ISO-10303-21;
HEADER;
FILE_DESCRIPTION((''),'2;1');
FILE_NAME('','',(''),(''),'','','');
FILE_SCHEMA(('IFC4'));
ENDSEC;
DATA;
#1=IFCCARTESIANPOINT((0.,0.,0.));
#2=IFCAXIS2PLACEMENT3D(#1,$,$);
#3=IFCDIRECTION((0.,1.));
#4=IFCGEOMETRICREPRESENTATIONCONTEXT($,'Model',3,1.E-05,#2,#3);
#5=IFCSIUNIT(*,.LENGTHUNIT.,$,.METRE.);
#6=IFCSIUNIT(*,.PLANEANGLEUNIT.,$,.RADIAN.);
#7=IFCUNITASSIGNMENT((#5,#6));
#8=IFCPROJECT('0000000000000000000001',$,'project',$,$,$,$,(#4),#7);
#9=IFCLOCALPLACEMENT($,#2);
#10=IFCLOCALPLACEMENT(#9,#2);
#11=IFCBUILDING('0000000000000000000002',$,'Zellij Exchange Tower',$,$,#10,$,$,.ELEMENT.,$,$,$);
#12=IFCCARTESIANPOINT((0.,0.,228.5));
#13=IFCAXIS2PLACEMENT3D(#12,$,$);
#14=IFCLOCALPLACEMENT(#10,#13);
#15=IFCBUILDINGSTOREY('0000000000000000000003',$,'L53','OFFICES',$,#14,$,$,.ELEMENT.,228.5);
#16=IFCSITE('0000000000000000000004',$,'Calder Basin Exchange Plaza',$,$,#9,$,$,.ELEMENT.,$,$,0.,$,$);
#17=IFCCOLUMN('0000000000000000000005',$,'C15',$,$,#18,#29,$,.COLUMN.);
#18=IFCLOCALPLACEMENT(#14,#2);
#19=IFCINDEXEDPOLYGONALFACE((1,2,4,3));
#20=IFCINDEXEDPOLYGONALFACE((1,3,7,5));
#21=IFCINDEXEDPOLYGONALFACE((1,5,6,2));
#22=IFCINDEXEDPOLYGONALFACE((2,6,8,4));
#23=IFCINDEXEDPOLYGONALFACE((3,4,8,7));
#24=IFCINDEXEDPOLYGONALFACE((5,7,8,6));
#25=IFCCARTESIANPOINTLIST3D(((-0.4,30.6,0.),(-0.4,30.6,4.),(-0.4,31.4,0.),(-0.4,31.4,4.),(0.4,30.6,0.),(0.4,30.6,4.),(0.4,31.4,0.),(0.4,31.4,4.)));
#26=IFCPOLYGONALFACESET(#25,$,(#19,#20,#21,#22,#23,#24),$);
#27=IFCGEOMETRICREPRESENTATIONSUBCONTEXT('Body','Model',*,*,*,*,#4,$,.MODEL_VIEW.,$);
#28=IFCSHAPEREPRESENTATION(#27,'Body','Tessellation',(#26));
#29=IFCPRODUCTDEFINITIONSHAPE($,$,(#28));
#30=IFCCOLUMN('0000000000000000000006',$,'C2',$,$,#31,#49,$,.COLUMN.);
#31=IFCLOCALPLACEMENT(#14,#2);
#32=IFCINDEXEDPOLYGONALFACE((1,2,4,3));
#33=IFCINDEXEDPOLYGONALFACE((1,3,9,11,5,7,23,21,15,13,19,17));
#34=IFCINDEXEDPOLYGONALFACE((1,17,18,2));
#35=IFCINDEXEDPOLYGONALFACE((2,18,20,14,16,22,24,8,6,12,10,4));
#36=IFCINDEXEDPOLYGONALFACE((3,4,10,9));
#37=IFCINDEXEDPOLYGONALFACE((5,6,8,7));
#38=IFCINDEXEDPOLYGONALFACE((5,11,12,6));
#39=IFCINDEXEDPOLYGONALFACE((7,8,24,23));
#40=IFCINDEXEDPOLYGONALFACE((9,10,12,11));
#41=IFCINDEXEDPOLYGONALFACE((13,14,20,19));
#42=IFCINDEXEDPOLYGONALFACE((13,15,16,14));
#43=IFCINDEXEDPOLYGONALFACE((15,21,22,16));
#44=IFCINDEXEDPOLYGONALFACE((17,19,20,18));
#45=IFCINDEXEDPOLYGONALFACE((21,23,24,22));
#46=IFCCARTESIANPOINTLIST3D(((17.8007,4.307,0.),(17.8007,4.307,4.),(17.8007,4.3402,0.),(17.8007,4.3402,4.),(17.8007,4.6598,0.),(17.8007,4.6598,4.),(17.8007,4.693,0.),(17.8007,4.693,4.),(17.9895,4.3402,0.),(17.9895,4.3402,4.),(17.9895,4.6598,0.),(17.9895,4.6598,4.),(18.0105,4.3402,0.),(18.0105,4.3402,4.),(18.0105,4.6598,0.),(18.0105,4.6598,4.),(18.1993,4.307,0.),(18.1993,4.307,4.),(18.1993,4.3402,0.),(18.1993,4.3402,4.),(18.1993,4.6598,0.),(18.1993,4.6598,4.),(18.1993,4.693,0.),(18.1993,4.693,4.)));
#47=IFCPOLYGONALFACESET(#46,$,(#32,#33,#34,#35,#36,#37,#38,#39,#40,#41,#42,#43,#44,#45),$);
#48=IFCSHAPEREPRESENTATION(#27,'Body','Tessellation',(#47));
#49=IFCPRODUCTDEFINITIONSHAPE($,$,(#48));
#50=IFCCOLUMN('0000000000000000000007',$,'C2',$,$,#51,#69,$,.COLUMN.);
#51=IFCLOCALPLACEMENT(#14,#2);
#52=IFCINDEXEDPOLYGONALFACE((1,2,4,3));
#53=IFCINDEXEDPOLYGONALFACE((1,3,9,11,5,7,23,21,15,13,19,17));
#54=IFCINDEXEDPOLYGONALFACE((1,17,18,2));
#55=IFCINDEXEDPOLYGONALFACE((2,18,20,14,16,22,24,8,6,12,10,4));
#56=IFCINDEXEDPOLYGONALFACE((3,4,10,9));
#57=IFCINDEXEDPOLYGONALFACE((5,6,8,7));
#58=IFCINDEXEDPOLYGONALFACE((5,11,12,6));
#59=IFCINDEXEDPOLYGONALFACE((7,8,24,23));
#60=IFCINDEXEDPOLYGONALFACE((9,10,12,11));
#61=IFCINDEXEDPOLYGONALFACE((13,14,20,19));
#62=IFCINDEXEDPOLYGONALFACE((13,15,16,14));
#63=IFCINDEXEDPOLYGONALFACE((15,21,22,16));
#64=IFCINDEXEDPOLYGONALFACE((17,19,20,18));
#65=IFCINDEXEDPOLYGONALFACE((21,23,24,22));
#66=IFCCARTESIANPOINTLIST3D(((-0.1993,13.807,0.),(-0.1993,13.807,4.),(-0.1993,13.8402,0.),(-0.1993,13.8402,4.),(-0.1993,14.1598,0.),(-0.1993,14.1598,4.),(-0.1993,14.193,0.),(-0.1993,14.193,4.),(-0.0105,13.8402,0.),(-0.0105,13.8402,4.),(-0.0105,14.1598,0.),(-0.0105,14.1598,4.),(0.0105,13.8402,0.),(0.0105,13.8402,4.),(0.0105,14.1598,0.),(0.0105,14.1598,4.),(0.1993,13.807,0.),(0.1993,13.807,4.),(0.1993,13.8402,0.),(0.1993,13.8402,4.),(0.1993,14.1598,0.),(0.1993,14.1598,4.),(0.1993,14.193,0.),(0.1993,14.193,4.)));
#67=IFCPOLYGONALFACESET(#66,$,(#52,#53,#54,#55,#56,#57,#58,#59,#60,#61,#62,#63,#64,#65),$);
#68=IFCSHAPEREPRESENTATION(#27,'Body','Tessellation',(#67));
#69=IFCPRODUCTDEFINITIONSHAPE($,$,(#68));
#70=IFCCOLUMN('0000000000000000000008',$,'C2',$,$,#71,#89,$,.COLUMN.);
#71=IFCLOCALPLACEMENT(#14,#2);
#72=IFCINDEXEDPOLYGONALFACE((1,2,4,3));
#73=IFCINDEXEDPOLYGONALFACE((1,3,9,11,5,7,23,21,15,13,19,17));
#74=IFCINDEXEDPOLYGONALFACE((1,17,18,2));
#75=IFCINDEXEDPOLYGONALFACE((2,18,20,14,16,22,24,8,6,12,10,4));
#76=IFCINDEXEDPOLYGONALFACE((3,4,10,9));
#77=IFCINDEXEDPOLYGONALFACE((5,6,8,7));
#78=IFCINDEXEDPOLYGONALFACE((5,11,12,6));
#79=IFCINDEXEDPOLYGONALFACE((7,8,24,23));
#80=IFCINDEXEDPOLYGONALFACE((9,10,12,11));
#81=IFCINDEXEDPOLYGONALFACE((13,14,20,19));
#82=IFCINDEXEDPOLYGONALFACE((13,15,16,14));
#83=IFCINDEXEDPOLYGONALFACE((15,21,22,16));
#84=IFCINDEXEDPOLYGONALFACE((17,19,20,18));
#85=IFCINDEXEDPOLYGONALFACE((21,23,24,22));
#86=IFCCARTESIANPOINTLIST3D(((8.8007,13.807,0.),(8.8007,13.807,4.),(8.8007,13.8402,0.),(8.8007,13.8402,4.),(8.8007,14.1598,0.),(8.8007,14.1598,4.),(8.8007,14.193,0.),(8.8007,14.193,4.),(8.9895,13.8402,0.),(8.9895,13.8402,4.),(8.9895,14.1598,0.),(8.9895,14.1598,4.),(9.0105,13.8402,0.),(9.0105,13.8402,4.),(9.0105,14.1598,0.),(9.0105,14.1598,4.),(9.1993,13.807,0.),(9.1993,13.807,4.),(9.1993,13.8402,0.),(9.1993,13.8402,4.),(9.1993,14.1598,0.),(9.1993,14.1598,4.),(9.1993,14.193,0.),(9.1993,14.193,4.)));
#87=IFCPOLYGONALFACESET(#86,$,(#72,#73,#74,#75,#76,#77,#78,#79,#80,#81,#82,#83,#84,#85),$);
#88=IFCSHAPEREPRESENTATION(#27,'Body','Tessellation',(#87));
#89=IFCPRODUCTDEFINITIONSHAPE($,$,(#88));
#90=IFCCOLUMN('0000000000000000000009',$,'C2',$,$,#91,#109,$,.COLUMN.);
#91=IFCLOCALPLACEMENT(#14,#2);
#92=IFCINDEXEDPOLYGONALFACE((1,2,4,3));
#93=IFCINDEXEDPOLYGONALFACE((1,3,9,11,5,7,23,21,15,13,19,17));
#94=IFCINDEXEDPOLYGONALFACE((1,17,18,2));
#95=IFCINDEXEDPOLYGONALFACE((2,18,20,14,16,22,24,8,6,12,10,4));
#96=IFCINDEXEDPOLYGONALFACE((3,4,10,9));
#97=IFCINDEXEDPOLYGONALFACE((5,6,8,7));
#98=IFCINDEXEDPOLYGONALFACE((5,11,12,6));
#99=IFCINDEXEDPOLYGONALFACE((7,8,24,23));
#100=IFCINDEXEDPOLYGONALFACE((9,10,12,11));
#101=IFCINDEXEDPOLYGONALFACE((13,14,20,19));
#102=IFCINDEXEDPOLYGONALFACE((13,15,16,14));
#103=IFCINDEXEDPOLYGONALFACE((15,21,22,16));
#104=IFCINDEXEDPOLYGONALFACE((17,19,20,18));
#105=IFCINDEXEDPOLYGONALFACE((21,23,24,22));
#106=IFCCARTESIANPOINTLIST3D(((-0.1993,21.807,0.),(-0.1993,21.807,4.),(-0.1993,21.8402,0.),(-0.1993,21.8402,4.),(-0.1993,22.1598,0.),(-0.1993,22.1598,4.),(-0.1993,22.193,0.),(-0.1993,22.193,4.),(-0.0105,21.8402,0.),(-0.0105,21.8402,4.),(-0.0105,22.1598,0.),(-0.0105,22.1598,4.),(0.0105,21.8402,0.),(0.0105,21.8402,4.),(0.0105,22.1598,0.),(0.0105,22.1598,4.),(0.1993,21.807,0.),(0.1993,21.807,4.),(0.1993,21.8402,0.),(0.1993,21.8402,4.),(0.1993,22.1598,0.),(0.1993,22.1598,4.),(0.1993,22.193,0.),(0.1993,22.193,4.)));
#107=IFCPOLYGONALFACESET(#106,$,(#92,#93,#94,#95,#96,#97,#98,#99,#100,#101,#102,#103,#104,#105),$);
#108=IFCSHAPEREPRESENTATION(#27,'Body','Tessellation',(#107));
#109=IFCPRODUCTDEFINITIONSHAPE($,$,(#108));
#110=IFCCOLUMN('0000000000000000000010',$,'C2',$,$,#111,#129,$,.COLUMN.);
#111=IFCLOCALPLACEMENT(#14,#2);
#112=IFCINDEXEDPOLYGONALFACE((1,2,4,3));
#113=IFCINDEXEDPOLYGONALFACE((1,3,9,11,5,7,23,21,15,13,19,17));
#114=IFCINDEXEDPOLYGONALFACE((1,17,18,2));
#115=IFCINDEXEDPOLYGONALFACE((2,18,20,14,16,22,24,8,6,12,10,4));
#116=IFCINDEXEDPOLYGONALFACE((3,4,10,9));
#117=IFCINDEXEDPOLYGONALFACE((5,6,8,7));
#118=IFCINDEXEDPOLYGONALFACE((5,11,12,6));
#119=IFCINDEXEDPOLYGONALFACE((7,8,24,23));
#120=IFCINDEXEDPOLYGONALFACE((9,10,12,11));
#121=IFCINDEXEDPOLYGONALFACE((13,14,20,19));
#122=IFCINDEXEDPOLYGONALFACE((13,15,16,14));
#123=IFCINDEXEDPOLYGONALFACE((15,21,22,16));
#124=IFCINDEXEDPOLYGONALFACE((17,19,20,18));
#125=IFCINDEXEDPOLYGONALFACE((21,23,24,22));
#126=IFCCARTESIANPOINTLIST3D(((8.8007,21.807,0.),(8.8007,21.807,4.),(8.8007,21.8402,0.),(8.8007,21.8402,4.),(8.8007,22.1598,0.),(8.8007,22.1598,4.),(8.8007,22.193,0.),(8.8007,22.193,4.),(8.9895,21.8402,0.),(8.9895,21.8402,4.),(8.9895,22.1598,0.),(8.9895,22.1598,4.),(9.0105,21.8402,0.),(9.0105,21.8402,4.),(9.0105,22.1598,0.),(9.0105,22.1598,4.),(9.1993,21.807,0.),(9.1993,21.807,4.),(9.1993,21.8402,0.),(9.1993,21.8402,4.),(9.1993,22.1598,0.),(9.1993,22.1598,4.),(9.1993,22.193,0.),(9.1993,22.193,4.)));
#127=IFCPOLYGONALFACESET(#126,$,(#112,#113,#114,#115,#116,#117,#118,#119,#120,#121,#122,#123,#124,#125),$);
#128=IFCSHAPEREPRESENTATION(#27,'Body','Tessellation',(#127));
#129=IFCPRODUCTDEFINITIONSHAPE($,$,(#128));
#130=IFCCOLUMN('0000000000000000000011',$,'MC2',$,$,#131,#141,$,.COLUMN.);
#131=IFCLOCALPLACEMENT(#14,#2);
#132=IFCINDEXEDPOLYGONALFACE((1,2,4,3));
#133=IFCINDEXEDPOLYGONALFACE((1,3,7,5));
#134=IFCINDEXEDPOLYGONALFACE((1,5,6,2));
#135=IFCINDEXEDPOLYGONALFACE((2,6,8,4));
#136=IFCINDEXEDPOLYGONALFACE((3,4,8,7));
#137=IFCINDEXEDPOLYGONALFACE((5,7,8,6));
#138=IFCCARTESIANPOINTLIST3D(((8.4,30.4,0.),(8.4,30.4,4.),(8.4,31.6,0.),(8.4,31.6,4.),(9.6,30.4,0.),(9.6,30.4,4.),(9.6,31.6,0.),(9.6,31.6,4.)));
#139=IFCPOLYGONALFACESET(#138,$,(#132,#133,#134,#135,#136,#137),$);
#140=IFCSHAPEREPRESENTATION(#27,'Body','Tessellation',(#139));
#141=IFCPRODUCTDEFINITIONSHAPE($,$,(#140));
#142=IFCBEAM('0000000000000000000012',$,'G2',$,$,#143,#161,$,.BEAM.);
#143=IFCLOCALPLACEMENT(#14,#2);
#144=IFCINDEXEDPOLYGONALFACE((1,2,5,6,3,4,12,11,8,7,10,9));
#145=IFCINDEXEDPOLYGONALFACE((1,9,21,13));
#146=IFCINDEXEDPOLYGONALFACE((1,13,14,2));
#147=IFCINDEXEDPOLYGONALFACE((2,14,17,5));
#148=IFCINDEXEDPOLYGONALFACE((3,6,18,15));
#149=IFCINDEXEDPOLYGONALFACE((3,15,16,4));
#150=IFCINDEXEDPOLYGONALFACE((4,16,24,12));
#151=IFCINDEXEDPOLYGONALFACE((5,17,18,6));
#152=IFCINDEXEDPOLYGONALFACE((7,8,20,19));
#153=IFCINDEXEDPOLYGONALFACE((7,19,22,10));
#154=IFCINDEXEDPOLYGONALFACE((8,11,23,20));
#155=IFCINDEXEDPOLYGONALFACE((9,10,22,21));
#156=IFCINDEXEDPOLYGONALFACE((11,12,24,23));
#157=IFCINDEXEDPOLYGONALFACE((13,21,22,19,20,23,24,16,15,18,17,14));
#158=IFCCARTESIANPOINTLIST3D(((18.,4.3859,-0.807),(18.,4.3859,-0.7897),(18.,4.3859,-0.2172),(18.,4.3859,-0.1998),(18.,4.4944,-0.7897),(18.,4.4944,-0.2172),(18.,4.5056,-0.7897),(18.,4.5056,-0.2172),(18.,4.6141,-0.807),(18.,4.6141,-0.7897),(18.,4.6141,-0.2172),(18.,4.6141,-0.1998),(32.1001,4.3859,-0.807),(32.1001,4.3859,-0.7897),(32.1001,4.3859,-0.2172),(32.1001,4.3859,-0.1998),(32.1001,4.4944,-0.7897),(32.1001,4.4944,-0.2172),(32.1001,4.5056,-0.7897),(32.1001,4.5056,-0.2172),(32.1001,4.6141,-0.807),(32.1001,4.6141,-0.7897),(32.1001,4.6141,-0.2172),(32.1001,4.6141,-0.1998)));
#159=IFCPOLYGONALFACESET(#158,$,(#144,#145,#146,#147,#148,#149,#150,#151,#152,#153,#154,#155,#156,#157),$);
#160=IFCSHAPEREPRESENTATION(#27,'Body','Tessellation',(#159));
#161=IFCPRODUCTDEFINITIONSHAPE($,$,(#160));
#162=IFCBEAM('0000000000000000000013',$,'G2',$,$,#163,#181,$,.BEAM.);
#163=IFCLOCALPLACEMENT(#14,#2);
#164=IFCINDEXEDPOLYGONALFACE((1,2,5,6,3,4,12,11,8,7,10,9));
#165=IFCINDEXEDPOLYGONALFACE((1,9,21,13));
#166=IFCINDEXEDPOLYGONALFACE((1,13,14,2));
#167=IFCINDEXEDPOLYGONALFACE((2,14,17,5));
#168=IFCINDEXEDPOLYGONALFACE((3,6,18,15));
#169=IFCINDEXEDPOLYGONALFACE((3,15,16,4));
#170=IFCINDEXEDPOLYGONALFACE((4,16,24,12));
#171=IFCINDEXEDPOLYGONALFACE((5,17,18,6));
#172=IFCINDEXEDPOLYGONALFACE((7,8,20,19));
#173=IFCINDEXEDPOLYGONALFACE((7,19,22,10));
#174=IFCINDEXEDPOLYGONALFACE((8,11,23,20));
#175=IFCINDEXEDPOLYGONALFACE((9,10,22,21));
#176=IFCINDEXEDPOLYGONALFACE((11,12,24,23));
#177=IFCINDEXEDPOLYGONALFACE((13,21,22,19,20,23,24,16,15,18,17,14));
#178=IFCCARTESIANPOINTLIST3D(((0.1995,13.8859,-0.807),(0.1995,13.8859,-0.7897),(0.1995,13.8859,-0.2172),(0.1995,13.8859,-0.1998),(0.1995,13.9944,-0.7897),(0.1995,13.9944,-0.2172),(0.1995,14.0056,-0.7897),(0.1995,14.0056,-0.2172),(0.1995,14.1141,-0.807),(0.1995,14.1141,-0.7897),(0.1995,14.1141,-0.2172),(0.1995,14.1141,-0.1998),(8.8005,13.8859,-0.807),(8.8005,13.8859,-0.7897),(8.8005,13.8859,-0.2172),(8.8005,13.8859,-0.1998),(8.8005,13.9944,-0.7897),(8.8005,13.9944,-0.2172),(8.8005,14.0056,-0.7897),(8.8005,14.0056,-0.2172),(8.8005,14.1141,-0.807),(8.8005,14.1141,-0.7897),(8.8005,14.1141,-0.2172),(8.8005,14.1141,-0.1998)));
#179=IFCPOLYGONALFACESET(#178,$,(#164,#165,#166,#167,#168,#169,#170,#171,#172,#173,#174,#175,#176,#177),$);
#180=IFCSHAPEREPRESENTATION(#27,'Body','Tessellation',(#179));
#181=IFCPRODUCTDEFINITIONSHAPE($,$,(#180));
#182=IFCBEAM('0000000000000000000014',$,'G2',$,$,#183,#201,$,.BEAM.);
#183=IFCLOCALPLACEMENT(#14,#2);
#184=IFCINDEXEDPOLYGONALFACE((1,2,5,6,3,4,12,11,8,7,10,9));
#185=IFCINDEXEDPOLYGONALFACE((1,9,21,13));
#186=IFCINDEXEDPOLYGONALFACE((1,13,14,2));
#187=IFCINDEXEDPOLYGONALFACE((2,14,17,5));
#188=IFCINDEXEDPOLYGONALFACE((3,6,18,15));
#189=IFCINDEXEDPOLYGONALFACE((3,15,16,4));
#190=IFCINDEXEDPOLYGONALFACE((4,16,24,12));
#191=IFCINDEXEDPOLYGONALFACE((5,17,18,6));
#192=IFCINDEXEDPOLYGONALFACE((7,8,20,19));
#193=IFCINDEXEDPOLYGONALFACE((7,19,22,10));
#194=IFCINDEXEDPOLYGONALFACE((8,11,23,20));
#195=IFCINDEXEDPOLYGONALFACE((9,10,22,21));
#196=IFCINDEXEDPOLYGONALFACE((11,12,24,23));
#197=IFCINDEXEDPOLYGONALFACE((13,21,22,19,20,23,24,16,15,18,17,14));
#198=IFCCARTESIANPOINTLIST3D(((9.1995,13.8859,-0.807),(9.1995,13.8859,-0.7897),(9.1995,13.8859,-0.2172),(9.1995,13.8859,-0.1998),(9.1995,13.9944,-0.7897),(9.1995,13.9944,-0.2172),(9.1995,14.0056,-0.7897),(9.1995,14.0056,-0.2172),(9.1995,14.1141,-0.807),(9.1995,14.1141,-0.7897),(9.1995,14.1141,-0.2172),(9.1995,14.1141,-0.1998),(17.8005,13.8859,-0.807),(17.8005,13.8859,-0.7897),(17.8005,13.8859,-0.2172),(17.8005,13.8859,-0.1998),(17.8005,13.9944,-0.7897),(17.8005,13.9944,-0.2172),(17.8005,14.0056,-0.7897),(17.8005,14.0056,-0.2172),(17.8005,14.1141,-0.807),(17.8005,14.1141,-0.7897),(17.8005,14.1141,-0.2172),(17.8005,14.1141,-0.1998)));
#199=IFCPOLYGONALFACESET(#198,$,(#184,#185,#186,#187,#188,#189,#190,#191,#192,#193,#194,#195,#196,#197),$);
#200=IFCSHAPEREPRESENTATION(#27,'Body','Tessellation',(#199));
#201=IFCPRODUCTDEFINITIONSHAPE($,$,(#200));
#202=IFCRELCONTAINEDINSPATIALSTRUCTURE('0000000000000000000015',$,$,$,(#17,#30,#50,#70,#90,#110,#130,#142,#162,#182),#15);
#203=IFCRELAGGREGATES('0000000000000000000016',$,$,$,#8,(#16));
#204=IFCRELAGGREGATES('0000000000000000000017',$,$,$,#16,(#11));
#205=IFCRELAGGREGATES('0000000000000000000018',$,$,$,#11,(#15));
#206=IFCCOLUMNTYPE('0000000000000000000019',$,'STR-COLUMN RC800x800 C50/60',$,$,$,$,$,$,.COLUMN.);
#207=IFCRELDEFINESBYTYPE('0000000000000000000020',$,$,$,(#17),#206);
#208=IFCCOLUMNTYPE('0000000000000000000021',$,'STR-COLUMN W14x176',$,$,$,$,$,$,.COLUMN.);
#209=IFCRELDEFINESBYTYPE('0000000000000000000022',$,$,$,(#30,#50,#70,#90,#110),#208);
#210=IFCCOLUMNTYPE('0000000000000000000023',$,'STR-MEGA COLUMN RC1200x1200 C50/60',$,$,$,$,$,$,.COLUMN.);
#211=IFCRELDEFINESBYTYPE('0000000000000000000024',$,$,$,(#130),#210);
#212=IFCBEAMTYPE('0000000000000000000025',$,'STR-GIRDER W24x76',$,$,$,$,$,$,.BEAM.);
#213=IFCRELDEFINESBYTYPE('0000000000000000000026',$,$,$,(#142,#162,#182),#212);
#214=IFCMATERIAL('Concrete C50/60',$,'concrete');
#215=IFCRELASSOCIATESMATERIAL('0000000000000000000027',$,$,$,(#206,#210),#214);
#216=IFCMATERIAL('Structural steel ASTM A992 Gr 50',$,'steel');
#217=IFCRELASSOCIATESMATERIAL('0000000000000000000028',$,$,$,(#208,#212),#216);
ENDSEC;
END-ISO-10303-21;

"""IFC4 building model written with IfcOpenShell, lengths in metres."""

from ifc_helpers import new_model, si_unit, direction, frame, origin, origin_2d, place, context, subcontext, project, spatial, rectangle, i_section, extrude, material, material_profile, profile_set, type_object, element, save


model = new_model("IFC4")

# Units and contexts
model_context = context("Model", 3, precision=1e-05, world=origin(), true_north=direction((0.0, 1.0)))
body_context = subcontext(model_context, "Body", "Model", "MODEL_VIEW")
ifc_project = project(units=[si_unit("LENGTHUNIT", "METRE"), si_unit("PLANEANGLEUNIT", "RADIAN")], contexts=[model_context])

# Site, building, storey
site_placement = place(None, origin())
site = spatial("IfcSite", under=ifc_project, at=site_placement, Name="Calder Basin Exchange Plaza", CompositionType="ELEMENT", RefElevation=0.0)
building_placement = place(site_placement, origin())
building = spatial("IfcBuilding", under=site, at=building_placement, Name="Zellij Exchange Tower", CompositionType="ELEMENT")
storey_placement = place(building_placement, frame((0.0, 0.0, 228.5)))
storey = spatial("IfcBuildingStorey", under=building, at=storey_placement, Name="L53", Description="OFFICES", CompositionType="ELEMENT", Elevation=228.5)

# Columns
ifc_material_1 = material(Name="Concrete C50/60", Category="concrete")
ifc_material_profile_1 = material_profile(ifc_material_1, rectangle(XDim=0.8, YDim=0.8, at=origin_2d()), Name="STR-COLUMN RC800x800 C50/60")
ifc_profile_set_1 = profile_set([ifc_material_profile_1], Name="Concrete C50/60")
column_type_1 = type_object("IfcColumnType", Name="STR-COLUMN RC800x800 C50/60", PredefinedType="COLUMN", material=ifc_profile_set_1)
column_1_placement = place(storey_placement, frame((0.0, 31.0, 0.0), z_axis=(0.0, 0.0, 1.0), x_axis=(1.0, 0.0, 0.0)))
element("IfcColumn", 1, at=column_1_placement, inside=storey, type_object=column_type_1, Name="C15", PredefinedType="COLUMN", context=body_context, shape_type="SweptSolid", body=[
    extrude(rectangle(XDim=0.8, YDim=0.8, at=origin_2d()), origin(), (0.0, 0.0, 1.0), 4.0),
])
ifc_material_2 = material(Name="Structural steel ASTM A992 Gr 50", Category="steel")
ifc_material_profile_2 = material_profile(ifc_material_2, i_section(OverallWidth=0.3987, OverallDepth=0.386, WebThickness=0.021, FlangeThickness=0.0332, at=origin_2d()), Name="W14x176")
ifc_profile_set_2 = profile_set([ifc_material_profile_2], Name="Structural steel ASTM A992 Gr 50")
column_type_2 = type_object("IfcColumnType", Name="STR-COLUMN W14x176", PredefinedType="COLUMN", material=ifc_profile_set_2)
for number, where, z_axis, x_axis, name in (
    (2, (18.0, 4.5, 0.0), (0.0, 0.0, 1.0), (1.0, 0.0, 0.0), "C2"),
    (3, (0.0, 14.0, 0.0), (0.0, 0.0, 1.0), (1.0, 0.0, 0.0), "C2"),
    (4, (9.0, 14.0, 0.0), (0.0, 0.0, 1.0), (1.0, 0.0, 0.0), "C2"),
    (5, (0.0, 22.0, 0.0), (0.0, 0.0, 1.0), (1.0, 0.0, 0.0), "C2"),
    (6, (9.0, 22.0, 0.0), (0.0, 0.0, 1.0), (1.0, 0.0, 0.0), "C2"),
):
    element("IfcColumn", number, at=place(storey_placement, frame(where, z_axis=z_axis, x_axis=x_axis)), inside=storey, type_object=column_type_2, Name=name, PredefinedType="COLUMN", context=body_context, shape_type="SweptSolid", body=[
        extrude(i_section(OverallWidth=0.3987, OverallDepth=0.386, WebThickness=0.021, FlangeThickness=0.0332, at=origin_2d()), origin(), (0.0, 0.0, 1.0), 4.0),
    ])
ifc_material_profile_3 = material_profile(ifc_material_1, rectangle(XDim=1.2, YDim=1.2, at=origin_2d()), Name="STR-MEGA COLUMN RC1200x1200 C50/60")
ifc_profile_set_3 = profile_set([ifc_material_profile_3], Name="Concrete C50/60")
column_type_3 = type_object("IfcColumnType", Name="STR-MEGA COLUMN RC1200x1200 C50/60", PredefinedType="COLUMN", material=ifc_profile_set_3)
column_2_placement = place(storey_placement, frame((9.0, 31.0, 0.0), z_axis=(0.0, 0.0, 1.0), x_axis=(1.0, 0.0, 0.0)))
element("IfcColumn", 7, at=column_2_placement, inside=storey, type_object=column_type_3, Name="MC2", PredefinedType="COLUMN", context=body_context, shape_type="SweptSolid", body=[
    extrude(rectangle(XDim=1.2, YDim=1.2, at=origin_2d()), origin(), (0.0, 0.0, 1.0), 4.0),
])

# Beams
ifc_material_profile_4 = material_profile(ifc_material_2, i_section(OverallWidth=0.2283, OverallDepth=0.6072, WebThickness=0.0112, FlangeThickness=0.0173, at=origin_2d()), Name="W24x76")
ifc_profile_set_4 = profile_set([ifc_material_profile_4], Name="Structural steel ASTM A992 Gr 50")
beam_type = type_object("IfcBeamType", Name="STR-GIRDER W24x76", PredefinedType="BEAM", material=ifc_profile_set_4)
beam_1_placement = place(storey_placement, frame((18.0, 4.5, -0.5034), z_axis=(1.0, 0.0, 0.0), x_axis=(0.0, 1.0, 0.0)))
element("IfcBeam", 8, at=beam_1_placement, inside=storey, type_object=beam_type, Name="G2", PredefinedType="BEAM", context=body_context, shape_type="SweptSolid", body=[
    extrude(i_section(OverallWidth=0.2283, OverallDepth=0.6072, WebThickness=0.0112, FlangeThickness=0.0173, at=origin_2d()), origin(), (0.0, 0.0, 1.0), 14.1001),
])
for number, where, z_axis, x_axis, name in (
    (9, (0.1995, 14.0, -0.5034), (1.0, 0.0, 0.0), (0.0, 1.0, 0.0), "G2"),
    (10, (9.1995, 14.0, -0.5034), (1.0, 0.0, 0.0), (0.0, 1.0, 0.0), "G2"),
):
    element("IfcBeam", number, at=place(storey_placement, frame(where, z_axis=z_axis, x_axis=x_axis)), inside=storey, type_object=beam_type, Name=name, PredefinedType="BEAM", context=body_context, shape_type="SweptSolid", body=[
        extrude(i_section(OverallWidth=0.2283, OverallDepth=0.6072, WebThickness=0.0112, FlangeThickness=0.0173, at=origin_2d()), origin(), (0.0, 0.0, 1.0), 8.6011),
    ])

save(model, "model.ifc")
